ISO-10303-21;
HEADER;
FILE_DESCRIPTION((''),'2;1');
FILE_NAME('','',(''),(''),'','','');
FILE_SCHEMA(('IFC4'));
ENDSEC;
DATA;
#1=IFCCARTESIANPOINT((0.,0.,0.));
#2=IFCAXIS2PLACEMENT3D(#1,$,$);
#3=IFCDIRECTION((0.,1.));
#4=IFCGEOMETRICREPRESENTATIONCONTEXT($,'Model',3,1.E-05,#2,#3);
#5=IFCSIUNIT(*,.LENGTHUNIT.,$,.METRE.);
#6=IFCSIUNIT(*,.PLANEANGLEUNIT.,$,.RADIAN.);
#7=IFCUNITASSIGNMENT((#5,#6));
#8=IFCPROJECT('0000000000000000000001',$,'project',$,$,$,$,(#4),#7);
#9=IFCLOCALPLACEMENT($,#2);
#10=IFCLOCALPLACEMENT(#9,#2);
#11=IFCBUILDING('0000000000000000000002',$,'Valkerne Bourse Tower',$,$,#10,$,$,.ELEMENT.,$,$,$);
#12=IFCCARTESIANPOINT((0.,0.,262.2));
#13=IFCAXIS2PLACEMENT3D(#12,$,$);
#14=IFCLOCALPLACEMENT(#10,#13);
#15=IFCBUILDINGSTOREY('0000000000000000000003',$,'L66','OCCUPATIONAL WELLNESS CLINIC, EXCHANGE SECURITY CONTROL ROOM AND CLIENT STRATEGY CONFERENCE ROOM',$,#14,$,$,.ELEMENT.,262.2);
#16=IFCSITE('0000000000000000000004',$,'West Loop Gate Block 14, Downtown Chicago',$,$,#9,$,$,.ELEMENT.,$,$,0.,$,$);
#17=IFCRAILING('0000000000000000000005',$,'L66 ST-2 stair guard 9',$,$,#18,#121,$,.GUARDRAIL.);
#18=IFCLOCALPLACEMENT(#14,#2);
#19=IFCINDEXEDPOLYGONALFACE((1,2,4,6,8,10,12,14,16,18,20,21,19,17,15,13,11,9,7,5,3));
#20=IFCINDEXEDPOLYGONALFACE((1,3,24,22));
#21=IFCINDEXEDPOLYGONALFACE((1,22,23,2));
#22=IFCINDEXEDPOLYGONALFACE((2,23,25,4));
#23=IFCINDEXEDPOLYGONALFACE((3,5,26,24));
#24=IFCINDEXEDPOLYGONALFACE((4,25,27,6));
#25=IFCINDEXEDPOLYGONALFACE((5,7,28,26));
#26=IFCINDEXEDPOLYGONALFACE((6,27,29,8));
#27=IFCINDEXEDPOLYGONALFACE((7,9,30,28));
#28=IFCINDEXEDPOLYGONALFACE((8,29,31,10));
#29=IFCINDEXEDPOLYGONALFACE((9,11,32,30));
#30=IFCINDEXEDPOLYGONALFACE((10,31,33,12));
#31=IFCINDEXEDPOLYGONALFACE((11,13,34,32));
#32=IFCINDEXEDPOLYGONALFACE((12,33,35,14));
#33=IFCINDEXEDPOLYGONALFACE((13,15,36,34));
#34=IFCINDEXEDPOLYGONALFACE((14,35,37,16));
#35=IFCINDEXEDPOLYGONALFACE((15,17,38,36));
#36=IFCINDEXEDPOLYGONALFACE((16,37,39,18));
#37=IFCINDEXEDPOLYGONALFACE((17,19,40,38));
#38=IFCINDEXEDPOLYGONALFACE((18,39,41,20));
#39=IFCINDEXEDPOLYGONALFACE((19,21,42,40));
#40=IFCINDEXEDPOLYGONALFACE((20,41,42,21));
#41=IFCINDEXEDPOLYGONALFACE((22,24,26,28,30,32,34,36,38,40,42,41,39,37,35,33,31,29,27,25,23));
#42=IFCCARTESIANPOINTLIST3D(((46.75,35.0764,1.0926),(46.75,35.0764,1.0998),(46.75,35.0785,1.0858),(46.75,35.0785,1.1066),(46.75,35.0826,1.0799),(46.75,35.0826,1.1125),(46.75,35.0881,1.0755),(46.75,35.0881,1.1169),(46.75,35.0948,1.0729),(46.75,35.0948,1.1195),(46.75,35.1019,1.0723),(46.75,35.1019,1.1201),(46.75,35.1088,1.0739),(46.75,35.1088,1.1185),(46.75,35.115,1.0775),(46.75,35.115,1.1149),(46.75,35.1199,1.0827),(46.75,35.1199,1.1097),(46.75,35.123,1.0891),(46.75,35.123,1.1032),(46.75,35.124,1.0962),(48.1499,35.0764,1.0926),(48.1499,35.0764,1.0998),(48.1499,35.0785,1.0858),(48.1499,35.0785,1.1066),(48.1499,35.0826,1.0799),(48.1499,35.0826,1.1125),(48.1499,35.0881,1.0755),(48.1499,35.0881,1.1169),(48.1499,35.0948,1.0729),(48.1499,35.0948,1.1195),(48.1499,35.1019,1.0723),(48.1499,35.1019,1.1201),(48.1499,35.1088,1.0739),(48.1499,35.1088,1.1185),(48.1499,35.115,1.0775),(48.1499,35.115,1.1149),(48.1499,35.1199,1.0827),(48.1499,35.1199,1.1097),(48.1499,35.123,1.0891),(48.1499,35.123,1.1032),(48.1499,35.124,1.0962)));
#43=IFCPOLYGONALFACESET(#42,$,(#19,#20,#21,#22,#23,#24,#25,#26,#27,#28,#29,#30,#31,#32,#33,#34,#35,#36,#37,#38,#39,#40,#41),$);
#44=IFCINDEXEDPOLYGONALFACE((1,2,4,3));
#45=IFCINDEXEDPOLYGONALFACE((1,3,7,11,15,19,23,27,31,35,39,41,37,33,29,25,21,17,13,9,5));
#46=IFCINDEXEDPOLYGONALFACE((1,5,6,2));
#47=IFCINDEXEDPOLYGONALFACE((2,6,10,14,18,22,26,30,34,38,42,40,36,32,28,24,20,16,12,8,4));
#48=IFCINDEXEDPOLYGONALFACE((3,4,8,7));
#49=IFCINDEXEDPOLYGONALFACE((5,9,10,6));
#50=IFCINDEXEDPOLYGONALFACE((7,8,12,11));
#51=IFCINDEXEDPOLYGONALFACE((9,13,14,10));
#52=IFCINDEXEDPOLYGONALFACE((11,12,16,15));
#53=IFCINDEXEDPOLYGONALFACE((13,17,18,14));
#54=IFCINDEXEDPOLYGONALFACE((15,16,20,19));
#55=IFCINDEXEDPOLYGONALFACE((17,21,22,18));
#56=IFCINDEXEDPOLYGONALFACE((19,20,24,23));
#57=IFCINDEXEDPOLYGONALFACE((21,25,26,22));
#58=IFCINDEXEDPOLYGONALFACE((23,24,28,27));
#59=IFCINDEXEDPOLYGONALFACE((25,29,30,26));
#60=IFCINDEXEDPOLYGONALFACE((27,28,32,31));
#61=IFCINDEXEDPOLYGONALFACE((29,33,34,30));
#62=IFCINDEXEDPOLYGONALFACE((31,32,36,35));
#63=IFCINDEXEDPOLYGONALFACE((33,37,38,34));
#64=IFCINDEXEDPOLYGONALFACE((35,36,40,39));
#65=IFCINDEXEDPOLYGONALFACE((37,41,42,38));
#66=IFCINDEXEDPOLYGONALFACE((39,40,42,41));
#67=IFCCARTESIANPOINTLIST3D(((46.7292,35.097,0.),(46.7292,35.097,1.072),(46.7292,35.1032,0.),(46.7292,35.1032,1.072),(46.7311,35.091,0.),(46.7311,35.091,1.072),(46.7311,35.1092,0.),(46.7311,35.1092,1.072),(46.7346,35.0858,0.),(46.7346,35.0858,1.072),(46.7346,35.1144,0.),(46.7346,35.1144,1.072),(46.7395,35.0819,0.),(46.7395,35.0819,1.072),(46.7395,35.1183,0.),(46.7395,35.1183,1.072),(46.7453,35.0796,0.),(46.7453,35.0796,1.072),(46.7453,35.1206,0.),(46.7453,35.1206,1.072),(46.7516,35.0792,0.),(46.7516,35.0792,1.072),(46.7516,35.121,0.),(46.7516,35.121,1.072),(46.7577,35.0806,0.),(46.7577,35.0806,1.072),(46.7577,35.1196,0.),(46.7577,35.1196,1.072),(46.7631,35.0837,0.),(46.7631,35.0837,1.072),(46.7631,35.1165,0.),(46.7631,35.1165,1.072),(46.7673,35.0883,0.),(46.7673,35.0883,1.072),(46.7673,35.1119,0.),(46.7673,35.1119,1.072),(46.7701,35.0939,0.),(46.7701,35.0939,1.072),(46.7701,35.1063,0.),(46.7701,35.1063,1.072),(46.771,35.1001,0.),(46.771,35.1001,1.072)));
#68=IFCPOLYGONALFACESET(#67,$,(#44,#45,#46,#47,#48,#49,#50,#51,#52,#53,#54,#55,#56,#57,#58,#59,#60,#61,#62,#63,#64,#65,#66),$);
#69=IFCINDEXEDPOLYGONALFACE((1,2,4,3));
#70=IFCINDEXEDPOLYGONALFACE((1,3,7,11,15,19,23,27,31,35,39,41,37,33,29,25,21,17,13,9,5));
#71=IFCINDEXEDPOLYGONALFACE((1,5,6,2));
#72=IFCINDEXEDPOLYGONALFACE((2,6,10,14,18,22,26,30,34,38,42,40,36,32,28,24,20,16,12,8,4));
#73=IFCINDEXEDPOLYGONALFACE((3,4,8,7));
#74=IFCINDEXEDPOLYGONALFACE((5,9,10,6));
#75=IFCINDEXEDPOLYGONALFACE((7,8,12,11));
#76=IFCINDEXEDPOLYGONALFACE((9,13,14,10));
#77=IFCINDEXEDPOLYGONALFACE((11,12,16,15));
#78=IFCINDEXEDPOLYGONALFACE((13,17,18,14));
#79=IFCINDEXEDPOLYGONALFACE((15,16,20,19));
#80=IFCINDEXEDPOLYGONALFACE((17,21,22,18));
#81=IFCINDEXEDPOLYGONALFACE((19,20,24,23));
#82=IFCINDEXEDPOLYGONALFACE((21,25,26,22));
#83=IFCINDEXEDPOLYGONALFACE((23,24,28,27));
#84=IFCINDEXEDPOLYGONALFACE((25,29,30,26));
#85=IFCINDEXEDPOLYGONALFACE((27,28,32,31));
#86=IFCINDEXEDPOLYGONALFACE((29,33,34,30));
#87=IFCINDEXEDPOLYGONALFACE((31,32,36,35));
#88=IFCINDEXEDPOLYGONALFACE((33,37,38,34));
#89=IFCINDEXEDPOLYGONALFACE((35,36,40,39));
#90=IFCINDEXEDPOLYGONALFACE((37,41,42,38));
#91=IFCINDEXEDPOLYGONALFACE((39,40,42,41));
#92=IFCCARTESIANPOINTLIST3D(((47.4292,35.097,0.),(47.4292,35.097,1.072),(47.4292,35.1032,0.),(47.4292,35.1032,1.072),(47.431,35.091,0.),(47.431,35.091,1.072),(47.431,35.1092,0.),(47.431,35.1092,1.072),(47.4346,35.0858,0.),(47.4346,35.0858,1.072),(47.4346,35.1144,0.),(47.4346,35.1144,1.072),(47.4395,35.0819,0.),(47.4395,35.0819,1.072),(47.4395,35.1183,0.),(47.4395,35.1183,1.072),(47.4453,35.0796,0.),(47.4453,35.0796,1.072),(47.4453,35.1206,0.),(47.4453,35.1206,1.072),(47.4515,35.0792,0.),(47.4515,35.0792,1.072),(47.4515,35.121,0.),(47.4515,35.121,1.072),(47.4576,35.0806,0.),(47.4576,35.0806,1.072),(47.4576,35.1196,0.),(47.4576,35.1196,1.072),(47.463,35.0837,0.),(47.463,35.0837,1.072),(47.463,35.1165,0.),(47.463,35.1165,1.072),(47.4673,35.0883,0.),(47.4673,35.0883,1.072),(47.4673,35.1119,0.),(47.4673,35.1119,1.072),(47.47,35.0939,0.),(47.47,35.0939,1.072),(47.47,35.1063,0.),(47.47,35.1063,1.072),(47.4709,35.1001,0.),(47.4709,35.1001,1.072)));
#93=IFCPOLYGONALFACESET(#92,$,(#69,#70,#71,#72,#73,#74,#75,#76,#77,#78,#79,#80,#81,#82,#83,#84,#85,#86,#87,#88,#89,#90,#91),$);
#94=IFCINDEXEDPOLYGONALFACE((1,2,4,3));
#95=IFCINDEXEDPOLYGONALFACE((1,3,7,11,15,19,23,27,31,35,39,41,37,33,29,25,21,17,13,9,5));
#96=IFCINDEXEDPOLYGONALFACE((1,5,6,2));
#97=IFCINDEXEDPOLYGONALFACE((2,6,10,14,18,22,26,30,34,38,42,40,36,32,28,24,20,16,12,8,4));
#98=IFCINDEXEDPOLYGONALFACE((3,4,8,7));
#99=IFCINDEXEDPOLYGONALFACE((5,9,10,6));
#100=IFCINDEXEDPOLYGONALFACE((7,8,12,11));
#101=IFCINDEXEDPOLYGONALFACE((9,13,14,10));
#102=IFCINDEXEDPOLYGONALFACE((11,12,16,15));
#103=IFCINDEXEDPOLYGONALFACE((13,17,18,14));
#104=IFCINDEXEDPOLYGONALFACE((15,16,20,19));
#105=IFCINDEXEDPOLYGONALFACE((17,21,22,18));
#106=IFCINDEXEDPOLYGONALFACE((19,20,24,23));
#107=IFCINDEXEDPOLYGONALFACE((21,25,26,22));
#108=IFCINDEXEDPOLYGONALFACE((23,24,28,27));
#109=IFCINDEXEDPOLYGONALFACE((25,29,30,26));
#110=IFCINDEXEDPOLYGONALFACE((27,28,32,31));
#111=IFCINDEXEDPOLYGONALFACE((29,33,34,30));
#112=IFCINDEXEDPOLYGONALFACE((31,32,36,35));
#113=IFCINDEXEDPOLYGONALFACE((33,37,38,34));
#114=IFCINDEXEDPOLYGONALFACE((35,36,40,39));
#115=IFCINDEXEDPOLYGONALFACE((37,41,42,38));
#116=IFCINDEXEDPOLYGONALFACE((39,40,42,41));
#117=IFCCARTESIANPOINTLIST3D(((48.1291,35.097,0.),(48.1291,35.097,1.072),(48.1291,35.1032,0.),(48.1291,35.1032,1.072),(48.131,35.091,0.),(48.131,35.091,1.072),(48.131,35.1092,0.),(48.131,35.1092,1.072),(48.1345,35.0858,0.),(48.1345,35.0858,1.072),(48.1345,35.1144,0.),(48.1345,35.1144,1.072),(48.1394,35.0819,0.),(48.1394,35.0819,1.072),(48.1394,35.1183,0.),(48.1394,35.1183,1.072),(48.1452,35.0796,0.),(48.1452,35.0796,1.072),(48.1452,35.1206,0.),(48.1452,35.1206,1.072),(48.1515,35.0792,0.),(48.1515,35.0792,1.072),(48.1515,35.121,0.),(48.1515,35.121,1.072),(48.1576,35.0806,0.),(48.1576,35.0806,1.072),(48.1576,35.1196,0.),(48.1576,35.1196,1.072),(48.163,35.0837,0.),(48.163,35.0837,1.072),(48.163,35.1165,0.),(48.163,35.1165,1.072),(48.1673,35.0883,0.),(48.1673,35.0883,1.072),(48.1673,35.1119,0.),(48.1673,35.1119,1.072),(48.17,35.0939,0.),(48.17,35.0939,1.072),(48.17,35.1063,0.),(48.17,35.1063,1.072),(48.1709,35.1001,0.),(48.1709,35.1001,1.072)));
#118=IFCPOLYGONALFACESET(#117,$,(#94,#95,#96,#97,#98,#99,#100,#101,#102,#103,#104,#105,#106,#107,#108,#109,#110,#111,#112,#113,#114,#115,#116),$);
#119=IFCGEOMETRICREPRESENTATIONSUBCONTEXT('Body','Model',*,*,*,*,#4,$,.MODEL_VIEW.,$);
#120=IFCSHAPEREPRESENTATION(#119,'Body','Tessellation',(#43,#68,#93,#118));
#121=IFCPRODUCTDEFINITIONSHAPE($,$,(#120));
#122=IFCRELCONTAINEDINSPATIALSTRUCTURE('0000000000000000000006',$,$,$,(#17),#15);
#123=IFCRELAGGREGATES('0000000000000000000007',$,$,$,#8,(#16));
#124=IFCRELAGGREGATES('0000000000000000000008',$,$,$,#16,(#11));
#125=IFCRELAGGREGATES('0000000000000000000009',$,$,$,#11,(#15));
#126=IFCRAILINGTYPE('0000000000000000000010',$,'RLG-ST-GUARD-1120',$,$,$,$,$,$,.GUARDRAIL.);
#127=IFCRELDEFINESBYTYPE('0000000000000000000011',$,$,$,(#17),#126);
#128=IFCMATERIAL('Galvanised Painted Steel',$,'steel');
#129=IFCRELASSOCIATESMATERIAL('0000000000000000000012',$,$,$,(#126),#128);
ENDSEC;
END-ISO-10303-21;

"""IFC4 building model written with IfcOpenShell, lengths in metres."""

from ifc_helpers import new_model, si_unit, direction, frame, origin, origin_2d, place, context, subcontext, project, spatial, circle, extrude, material, type_object, element, save


model = new_model("IFC4")

# Units and contexts
model_context = context("Model", 3, precision=1e-05, world=origin(), true_north=direction((0.0, 1.0)))
body_context = subcontext(model_context, "Body", "Model", "MODEL_VIEW")
ifc_project = project(units=[si_unit("LENGTHUNIT", "METRE"), si_unit("PLANEANGLEUNIT", "RADIAN")], contexts=[model_context])

# Site, building, storey
site_placement = place(None, origin())
site = spatial("IfcSite", under=ifc_project, at=site_placement, Name="West Loop Gate Block 14, Downtown Chicago", CompositionType="ELEMENT", RefElevation=0.0)
building_placement = place(site_placement, origin())
building = spatial("IfcBuilding", under=site, at=building_placement, Name="Valkerne Bourse Tower", CompositionType="ELEMENT")
storey_placement = place(building_placement, frame((0.0, 0.0, 262.2)))
storey = spatial("IfcBuildingStorey", under=building, at=storey_placement, Name="L66", Description="OCCUPATIONAL WELLNESS CLINIC, EXCHANGE SECURITY CONTROL ROOM AND CLIENT STRATEGY CONFERENCE ROOM", CompositionType="ELEMENT", Elevation=262.2)

# Shared definitions
ifc_material_1 = material(Name="Galvanised Painted Steel", Category="steel")

# Railing
railing_type_1 = type_object("IfcRailingType", Name="RLG-ST-GUARD-1120", PredefinedType="GUARDRAIL", material=ifc_material_1)
for number, where, name in (
    (1, (46.75, 35.1001, 0.0), "L66 ST-2 stair guard 9"),
):
    element("IfcRailing", number, at=place(storey_placement, frame(where)), inside=storey, type_object=railing_type_1, Name=name, PredefinedType="GUARDRAIL", context=body_context, shape_type="SweptSolid", body=[
        extrude(circle(Radius=0.0239, at=origin_2d()), frame((0.0, 0.0, 1.0962), z_axis=(1.0, 0.0, 0.0), x_axis=(0.0, 1.0, 0.0)), (0.0, 0.0, 1.0), 1.3999),
        extrude(circle(Radius=0.021, at=origin_2d()), origin(), (0.0, 0.0, 1.0), 1.072),
        extrude(circle(Radius=0.021, at=origin_2d()), frame((0.7, 0.0, 0.0)), (0.0, 0.0, 1.0), 1.072),
        extrude(circle(Radius=0.021, at=origin_2d()), frame((1.3999, 0.0, 0.0)), (0.0, 0.0, 1.0), 1.072),
    ])

save(model, "model.ifc")
